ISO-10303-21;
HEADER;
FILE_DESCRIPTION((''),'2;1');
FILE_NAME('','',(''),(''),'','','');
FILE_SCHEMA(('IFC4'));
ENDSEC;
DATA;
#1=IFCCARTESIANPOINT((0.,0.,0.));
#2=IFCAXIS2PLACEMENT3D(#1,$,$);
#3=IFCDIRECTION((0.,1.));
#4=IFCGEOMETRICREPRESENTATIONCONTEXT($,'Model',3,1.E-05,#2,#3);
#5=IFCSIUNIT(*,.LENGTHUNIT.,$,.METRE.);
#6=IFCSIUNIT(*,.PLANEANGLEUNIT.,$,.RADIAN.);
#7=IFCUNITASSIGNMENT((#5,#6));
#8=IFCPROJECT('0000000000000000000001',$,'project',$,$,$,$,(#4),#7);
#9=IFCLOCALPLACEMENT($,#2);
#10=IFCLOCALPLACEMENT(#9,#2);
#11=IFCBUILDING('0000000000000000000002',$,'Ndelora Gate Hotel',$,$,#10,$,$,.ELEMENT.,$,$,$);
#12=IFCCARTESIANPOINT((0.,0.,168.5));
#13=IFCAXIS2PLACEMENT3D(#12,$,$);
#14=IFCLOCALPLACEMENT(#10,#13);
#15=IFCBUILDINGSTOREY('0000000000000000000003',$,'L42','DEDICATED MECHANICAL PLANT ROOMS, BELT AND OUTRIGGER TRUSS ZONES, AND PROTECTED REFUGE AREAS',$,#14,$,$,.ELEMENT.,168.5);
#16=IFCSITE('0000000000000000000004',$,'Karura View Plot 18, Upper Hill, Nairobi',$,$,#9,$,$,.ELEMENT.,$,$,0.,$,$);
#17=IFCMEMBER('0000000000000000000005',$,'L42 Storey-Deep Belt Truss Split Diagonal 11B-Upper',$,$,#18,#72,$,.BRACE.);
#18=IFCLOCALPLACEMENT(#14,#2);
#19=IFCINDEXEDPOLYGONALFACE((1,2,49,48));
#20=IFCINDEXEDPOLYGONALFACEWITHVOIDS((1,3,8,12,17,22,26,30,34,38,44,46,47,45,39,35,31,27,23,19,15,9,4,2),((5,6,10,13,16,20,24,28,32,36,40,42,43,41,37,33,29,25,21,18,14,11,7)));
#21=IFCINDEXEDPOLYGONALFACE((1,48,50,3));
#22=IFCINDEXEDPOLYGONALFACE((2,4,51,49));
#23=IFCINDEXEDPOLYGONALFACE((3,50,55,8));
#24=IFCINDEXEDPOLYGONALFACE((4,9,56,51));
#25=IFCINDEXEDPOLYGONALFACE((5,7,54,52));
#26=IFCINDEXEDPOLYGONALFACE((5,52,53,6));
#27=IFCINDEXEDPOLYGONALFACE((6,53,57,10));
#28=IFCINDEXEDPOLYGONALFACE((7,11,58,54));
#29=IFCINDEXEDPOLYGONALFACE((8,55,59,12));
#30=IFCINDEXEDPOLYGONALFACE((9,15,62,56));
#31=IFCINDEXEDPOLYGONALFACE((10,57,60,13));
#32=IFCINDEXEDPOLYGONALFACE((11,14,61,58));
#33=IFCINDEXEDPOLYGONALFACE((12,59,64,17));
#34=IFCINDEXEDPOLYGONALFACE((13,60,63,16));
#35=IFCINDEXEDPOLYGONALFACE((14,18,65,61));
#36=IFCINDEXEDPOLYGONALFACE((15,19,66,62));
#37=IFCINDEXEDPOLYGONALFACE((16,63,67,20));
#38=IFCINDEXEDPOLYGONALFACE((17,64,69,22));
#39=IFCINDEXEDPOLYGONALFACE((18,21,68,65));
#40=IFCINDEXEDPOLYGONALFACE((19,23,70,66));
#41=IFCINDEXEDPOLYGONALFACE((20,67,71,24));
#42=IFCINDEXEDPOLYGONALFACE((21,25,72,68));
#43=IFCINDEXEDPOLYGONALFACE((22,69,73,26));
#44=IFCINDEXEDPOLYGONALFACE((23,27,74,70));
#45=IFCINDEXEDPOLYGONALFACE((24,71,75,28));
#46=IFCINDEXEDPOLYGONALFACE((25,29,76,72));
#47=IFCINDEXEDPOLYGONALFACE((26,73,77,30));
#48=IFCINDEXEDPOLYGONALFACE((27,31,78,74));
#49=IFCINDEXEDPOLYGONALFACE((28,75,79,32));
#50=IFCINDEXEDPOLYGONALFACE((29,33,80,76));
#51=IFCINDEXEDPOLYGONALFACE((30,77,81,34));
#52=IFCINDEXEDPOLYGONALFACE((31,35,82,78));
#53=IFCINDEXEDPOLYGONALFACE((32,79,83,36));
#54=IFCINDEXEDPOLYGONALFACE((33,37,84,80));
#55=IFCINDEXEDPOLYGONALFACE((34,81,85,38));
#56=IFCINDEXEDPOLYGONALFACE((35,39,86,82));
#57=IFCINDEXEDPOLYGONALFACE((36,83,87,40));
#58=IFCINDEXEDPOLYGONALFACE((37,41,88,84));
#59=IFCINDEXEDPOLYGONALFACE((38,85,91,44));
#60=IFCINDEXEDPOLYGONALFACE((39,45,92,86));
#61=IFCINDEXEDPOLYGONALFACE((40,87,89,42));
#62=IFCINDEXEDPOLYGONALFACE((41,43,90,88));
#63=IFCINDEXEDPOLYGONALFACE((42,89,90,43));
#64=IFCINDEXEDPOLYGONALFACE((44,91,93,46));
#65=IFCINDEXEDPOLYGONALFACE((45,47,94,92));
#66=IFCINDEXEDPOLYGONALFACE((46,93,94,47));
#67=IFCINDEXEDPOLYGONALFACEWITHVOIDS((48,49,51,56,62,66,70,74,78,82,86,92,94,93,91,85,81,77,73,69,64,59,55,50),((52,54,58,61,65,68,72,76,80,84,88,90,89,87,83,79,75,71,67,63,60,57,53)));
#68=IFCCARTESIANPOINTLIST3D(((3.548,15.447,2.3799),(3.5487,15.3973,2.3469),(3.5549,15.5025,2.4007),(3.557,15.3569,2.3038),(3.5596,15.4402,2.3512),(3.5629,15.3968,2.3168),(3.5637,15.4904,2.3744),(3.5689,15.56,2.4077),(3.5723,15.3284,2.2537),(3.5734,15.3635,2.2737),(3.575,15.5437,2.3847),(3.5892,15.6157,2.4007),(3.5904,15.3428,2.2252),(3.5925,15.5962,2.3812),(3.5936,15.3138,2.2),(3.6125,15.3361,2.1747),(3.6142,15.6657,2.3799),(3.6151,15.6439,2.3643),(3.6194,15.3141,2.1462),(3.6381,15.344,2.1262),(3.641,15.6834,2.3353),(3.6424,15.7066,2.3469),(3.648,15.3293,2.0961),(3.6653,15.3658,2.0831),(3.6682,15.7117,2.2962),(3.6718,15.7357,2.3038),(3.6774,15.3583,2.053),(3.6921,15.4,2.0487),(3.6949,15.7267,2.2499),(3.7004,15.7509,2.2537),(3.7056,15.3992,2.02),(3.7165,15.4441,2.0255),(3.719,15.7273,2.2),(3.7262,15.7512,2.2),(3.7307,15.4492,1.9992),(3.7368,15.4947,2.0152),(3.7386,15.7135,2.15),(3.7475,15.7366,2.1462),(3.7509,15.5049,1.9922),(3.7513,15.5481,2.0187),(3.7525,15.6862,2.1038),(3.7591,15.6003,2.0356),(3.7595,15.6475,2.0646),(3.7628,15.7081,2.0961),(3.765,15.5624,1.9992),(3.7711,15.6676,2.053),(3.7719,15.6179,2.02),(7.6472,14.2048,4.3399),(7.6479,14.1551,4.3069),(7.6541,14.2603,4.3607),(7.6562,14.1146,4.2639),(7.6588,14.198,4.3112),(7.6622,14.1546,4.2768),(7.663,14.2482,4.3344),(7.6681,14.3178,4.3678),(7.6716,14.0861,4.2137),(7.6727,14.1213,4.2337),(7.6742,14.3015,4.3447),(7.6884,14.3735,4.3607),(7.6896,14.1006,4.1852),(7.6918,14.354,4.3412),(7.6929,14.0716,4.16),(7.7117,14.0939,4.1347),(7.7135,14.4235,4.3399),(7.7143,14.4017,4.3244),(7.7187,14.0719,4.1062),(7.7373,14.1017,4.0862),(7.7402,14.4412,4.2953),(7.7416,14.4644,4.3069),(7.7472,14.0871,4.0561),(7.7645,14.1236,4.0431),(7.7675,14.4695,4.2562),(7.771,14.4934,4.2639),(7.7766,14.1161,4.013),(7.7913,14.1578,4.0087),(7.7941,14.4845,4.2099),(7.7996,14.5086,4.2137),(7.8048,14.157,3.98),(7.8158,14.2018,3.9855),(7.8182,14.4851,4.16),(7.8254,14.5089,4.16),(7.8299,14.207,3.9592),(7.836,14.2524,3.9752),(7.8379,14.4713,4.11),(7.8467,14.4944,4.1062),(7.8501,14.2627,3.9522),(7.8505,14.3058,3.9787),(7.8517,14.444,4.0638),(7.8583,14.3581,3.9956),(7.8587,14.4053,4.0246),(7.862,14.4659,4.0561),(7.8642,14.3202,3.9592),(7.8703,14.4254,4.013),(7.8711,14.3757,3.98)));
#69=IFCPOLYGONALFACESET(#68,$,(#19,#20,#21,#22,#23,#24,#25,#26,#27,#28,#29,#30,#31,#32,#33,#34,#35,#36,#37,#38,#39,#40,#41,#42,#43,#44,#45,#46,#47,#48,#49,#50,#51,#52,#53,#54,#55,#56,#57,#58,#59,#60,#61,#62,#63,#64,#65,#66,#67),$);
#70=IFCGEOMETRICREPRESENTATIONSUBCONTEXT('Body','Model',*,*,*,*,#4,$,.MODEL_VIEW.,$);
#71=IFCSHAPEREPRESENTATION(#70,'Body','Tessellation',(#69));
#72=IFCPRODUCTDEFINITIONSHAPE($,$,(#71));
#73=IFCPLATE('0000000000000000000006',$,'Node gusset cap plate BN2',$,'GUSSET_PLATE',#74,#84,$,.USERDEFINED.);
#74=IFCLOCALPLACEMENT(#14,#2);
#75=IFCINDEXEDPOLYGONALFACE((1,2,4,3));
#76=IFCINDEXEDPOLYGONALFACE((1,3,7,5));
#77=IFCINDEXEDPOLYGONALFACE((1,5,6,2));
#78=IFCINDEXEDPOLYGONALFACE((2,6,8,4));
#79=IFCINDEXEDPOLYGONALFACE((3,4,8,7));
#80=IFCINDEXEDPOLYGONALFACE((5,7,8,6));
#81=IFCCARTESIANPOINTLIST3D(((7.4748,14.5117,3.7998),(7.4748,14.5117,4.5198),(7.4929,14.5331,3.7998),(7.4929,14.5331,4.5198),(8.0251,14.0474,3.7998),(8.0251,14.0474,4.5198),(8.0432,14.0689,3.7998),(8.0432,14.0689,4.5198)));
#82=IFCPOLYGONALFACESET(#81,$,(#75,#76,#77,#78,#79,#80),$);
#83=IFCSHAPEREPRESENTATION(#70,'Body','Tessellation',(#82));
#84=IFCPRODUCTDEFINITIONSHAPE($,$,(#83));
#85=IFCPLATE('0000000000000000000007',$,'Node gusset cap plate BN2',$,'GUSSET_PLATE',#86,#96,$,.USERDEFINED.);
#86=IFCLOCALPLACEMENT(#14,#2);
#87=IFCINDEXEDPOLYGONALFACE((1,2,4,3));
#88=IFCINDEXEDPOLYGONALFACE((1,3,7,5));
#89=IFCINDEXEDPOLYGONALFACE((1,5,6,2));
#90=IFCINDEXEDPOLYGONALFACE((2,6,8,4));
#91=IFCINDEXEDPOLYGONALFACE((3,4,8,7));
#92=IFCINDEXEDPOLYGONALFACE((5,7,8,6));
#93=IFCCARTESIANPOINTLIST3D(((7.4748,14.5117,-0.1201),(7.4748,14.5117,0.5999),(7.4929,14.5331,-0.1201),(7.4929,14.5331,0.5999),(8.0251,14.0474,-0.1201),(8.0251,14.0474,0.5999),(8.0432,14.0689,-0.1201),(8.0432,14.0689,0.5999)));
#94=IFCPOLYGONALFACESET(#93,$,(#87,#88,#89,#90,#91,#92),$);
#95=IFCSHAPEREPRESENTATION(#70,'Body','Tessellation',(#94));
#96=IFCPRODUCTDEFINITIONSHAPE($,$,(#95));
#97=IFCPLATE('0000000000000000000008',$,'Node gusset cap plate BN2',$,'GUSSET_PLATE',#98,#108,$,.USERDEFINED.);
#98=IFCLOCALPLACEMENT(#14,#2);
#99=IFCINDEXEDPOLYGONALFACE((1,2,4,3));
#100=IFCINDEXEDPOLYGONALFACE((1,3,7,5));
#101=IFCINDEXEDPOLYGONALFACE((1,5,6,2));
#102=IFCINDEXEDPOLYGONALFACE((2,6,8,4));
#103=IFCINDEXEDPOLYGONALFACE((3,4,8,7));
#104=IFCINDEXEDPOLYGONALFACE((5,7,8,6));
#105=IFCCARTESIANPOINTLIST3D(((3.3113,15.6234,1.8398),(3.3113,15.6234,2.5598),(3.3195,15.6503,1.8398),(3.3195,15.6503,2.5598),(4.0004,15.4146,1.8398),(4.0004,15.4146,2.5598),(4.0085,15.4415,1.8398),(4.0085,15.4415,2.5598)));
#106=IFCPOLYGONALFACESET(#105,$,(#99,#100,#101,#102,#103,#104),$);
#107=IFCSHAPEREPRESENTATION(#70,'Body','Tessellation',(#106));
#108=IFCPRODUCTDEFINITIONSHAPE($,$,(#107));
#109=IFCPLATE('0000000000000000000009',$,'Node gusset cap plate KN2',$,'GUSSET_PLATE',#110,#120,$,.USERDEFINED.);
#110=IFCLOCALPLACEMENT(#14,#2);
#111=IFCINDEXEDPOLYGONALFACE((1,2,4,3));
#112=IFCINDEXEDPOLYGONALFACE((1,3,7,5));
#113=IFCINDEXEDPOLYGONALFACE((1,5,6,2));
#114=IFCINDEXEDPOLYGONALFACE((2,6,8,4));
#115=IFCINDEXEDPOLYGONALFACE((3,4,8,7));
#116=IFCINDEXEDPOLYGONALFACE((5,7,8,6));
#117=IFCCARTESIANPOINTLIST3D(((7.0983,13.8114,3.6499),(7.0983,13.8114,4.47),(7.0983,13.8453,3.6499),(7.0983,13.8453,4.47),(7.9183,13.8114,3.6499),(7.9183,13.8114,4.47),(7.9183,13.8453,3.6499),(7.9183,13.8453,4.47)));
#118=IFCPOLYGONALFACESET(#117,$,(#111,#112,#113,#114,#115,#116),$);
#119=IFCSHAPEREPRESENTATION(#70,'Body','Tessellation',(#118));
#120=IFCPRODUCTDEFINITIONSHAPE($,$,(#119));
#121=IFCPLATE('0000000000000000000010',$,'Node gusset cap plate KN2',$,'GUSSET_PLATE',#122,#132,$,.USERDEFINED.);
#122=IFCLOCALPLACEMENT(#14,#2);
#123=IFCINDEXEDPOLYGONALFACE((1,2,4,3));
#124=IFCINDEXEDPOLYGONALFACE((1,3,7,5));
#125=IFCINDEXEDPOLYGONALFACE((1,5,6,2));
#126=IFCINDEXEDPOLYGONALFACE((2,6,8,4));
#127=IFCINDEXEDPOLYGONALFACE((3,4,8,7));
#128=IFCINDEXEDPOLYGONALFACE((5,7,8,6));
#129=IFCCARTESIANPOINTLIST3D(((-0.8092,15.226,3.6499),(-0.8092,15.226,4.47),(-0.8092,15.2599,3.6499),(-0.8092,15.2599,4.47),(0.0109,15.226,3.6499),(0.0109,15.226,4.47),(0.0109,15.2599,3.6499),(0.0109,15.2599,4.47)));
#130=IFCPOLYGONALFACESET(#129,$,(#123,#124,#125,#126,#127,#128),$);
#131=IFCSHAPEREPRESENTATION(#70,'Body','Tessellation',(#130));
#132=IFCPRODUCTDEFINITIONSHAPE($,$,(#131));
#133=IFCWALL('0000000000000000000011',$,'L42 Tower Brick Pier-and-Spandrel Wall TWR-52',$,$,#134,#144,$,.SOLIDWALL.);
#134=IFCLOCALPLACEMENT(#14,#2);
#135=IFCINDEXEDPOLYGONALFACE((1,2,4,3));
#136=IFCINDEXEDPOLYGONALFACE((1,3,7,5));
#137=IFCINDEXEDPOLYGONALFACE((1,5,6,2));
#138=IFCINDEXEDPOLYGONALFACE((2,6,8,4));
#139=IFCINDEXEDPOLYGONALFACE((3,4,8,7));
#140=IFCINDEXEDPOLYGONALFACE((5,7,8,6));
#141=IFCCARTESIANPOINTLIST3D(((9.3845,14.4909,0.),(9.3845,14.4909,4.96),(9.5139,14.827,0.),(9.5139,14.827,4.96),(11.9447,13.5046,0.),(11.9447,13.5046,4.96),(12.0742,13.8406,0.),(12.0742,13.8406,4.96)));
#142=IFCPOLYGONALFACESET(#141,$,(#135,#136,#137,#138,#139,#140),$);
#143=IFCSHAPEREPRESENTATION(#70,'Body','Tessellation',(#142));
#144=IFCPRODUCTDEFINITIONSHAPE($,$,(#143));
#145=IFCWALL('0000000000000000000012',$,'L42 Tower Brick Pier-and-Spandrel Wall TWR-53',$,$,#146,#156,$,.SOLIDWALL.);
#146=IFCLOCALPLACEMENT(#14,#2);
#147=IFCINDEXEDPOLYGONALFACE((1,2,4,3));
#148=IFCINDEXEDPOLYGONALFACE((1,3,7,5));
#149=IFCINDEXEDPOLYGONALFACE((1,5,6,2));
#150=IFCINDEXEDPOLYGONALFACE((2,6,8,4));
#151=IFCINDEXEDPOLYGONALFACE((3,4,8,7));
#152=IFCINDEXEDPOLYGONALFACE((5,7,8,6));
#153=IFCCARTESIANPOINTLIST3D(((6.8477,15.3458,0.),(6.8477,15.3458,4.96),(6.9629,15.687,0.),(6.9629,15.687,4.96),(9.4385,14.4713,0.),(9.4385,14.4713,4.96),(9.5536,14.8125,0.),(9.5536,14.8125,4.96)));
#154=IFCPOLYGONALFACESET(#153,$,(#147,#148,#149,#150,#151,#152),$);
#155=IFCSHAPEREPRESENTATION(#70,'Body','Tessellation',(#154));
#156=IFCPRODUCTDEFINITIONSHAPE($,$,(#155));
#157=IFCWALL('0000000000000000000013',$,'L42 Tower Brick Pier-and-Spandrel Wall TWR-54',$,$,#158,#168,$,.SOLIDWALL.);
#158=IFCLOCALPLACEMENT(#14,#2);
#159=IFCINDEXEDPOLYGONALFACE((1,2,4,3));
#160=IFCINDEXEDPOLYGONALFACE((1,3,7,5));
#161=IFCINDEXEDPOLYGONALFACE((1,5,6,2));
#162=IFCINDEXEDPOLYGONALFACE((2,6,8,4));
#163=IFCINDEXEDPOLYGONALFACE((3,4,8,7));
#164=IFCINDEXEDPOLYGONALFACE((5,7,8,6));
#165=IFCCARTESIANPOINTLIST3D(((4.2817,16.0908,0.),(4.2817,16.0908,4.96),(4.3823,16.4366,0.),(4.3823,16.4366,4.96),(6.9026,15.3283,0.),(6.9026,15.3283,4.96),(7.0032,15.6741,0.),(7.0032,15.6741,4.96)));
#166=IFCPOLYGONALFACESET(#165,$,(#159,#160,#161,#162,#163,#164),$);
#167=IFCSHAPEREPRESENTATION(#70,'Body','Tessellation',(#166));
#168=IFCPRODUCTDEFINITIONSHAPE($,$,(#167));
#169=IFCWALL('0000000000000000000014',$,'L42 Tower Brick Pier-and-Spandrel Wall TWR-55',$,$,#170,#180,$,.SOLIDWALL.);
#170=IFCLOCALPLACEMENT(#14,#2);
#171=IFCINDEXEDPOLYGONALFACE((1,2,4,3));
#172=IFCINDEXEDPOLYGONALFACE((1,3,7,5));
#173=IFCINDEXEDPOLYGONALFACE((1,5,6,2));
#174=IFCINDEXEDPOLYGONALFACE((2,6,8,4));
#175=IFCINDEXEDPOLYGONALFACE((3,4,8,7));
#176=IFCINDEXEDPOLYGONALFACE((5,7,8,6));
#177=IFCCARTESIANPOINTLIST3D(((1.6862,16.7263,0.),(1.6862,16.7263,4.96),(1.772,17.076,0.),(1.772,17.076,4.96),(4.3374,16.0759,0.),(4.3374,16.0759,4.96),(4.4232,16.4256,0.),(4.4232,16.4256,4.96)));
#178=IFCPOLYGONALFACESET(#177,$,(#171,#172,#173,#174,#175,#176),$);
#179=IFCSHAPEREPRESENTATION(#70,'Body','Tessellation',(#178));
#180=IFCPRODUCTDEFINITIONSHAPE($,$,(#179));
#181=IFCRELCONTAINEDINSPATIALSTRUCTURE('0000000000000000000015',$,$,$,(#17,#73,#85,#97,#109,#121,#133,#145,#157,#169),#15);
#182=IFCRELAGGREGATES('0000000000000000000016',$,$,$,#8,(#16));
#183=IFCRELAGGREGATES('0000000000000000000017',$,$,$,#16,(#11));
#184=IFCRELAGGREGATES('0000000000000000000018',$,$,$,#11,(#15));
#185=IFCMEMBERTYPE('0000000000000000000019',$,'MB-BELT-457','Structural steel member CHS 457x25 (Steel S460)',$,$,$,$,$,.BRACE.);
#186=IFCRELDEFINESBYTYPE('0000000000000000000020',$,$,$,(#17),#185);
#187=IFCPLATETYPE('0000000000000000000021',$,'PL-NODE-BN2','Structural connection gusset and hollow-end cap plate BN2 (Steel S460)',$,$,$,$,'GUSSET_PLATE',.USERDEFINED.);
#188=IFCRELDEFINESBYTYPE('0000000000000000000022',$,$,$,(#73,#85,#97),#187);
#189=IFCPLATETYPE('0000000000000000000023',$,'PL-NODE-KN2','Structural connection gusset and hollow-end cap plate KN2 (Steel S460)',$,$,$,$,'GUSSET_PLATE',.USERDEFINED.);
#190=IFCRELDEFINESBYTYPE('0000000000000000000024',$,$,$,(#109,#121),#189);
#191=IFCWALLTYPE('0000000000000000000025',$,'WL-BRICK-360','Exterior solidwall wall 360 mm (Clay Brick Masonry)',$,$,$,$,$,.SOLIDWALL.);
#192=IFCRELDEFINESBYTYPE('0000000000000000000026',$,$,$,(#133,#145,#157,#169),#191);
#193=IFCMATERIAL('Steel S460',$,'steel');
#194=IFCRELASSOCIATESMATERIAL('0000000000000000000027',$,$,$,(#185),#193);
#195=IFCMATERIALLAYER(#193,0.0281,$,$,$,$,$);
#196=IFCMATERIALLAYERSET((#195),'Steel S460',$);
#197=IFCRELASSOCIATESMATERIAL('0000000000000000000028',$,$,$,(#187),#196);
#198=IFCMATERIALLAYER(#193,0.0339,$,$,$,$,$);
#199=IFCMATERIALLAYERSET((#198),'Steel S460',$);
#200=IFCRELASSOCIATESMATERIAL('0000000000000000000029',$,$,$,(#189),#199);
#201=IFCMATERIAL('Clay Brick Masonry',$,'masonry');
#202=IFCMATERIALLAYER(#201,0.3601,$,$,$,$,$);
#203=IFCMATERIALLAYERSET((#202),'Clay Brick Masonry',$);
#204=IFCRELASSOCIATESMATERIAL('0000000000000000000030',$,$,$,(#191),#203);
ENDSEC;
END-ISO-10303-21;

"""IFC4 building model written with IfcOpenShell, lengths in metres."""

from ifc_helpers import new_model, si_unit, direction, frame, frame_2d, origin, origin_2d, place, context, subcontext, project, spatial, rectangle, hollow_circle, extrude, material, layer, layer_set, material_profile, profile_set, type_object, element, save


model = new_model("IFC4")

# Units and contexts
model_context = context("Model", 3, precision=1e-05, world=origin(), true_north=direction((0.0, 1.0)))
body_context = subcontext(model_context, "Body", "Model", "MODEL_VIEW")
ifc_project = project(units=[si_unit("LENGTHUNIT", "METRE"), si_unit("PLANEANGLEUNIT", "RADIAN")], contexts=[model_context])

# Site, building, storey
site_placement = place(None, origin())
site = spatial("IfcSite", under=ifc_project, at=site_placement, Name="Karura View Plot 18, Upper Hill, Nairobi", CompositionType="ELEMENT", RefElevation=0.0)
building_placement = place(site_placement, origin())
building = spatial("IfcBuilding", under=site, at=building_placement, Name="Ndelora Gate Hotel", CompositionType="ELEMENT")
storey_placement = place(building_placement, frame((0.0, 0.0, 168.5)))
storey = spatial("IfcBuildingStorey", under=building, at=storey_placement, Name="L42", Description="DEDICATED MECHANICAL PLANT ROOMS, BELT AND OUTRIGGER TRUSS ZONES, AND PROTECTED REFUGE AREAS", CompositionType="ELEMENT", Elevation=168.5)

# Shared definitions
ifc_material_1 = material(Name="Steel S460", Category="steel")

# Member
ifc_material_profile_1 = material_profile(ifc_material_1, hollow_circle(Radius=0.2285, WallThickness=0.0249, at=origin_2d()), Name="CHS 457x25")
ifc_profile_set_1 = profile_set([ifc_material_profile_1], Name="Steel S460")
member_type = type_object("IfcMemberType", Name="MB-BELT-457", Description="Structural steel member CHS 457x25 (Steel S460)", PredefinedType="BRACE", material=ifc_profile_set_1)
member_1_placement = place(storey_placement, frame((3.6599, 15.5325, 2.2), z_axis=(0.87024, -0.263715, 0.416098), x_axis=(0.290014, 0.957022, 0.0)))
element("IfcMember", 1, at=member_1_placement, inside=storey, type_object=member_type, Name="L42 Storey-Deep Belt Truss Split Diagonal 11B-Upper", PredefinedType="BRACE", context=body_context, shape_type="SweptSolid", body=[
    extrude(hollow_circle(Radius=0.2285, WallThickness=0.0249, at=origin_2d()), origin(), (0.0, 0.0, 1.0), 4.7104),
])

# Plates
ifc_layer_1 = layer(ifc_material_1, 0.0281)
ifc_layer_set_1 = layer_set([ifc_layer_1], Name="Steel S460")
plate_type_1 = type_object("IfcPlateType", Name="PL-NODE-BN2", Description="Structural connection gusset and hollow-end cap plate BN2 (Steel S460)", ElementType="GUSSET_PLATE", PredefinedType="USERDEFINED", material=ifc_layer_set_1)
for number, where, z_axis, x_axis, name in (
    (2, (7.759, 14.2903, 3.7998), (0.0, 0.0, 1.0), (-0.764359, 0.644791, 0.0), "Node gusset cap plate BN2"),
    (3, (7.759, 14.2903, -0.1201), (0.0, 0.0, 1.0), (-0.764359, 0.644791, 0.0), "Node gusset cap plate BN2"),
    (4, (3.6599, 15.5325, 1.8398), (0.0, 0.0, 1.0), (-0.957016, 0.290034, 0.0), "Node gusset cap plate BN2"),
):
    element("IfcPlate", number, at=place(storey_placement, frame(where, z_axis=z_axis, x_axis=x_axis)), inside=storey, type_object=plate_type_1, Name=name, ObjectType="GUSSET_PLATE", PredefinedType="USERDEFINED", context=body_context, shape_type="SweptSolid", body=[
        extrude(rectangle(XDim=0.72, YDim=0.0281, at=origin_2d()), origin(), (0.0, 0.0, 1.0), 0.72),
    ])
ifc_layer_2 = layer(ifc_material_1, 0.0339)
ifc_layer_set_2 = layer_set([ifc_layer_2], Name="Steel S460")
plate_type_2 = type_object("IfcPlateType", Name="PL-NODE-KN2", Description="Structural connection gusset and hollow-end cap plate KN2 (Steel S460)", ElementType="GUSSET_PLATE", PredefinedType="USERDEFINED", material=ifc_layer_set_2)
for number, where, z_axis, x_axis, name in (
    (5, (7.5083, 13.8284, 3.6499), (0.0, 0.0, 1.0), (1.0, 0.0, 0.0), "Node gusset cap plate KN2"),
    (6, (-0.3992, 15.2429, 3.6499), (0.0, 0.0, 1.0), (1.0, 0.0, 0.0), "Node gusset cap plate KN2"),
):
    element("IfcPlate", number, at=place(storey_placement, frame(where, z_axis=z_axis, x_axis=x_axis)), inside=storey, type_object=plate_type_2, Name=name, ObjectType="GUSSET_PLATE", PredefinedType="USERDEFINED", context=body_context, shape_type="SweptSolid", body=[
        extrude(rectangle(XDim=0.8201, YDim=0.0339, at=origin_2d()), origin(), (0.0, 0.0, 1.0), 0.8201),
    ])

# Walls
ifc_material_2 = material(Name="Clay Brick Masonry", Category="masonry")
ifc_layer_3 = layer(ifc_material_2, 0.3601)
ifc_layer_set_3 = layer_set([ifc_layer_3], Name="Clay Brick Masonry")
wall_type_1 = type_object("IfcWallType", Name="WL-BRICK-360", Description="Exterior solidwall wall 360 mm (Clay Brick Masonry)", PredefinedType="SOLIDWALL", material=ifc_layer_set_3)
wall_1_placement = place(storey_placement, frame((9.4492, 14.6589, 0.0), z_axis=(0.0, 0.0, 1.0), x_axis=(0.933151, -0.359486, 0.0)))
element("IfcWall", 7, at=wall_1_placement, inside=storey, type_object=wall_type_1, Name="L42 Tower Brick Pier-and-Spandrel Wall TWR-52", PredefinedType="SOLIDWALL", context=body_context, shape_type="SweptSolid", body=[
    extrude(rectangle(XDim=2.7437, YDim=0.3601, at=frame_2d((1.3718, 0.0))), origin(), (0.0, 0.0, 1.0), 4.96),
])
wall_2_placement = place(storey_placement, frame((6.9053, 15.5164, 0.0), z_axis=(0.0, 0.0, 1.0), x_axis=(0.94748, -0.319815, 0.0)))
element("IfcWall", 8, at=wall_2_placement, inside=storey, type_object=wall_type_1, Name="L42 Tower Brick Pier-and-Spandrel Wall TWR-53", PredefinedType="SOLIDWALL", context=body_context, shape_type="SweptSolid", body=[
    extrude(rectangle(XDim=2.7344, YDim=0.3601, at=frame_2d((1.3672, 0.0))), origin(), (0.0, 0.0, 1.0), 4.96),
])
wall_3_placement = place(storey_placement, frame((4.332, 16.2637, 0.0), z_axis=(0.0, 0.0, 1.0), x_axis=(0.960193, -0.279337, 0.0)))
element("IfcWall", 9, at=wall_3_placement, inside=storey, type_object=wall_type_1, Name="L42 Tower Brick Pier-and-Spandrel Wall TWR-54", PredefinedType="SOLIDWALL", context=body_context, shape_type="SweptSolid", body=[
    extrude(rectangle(XDim=2.7295, YDim=0.3601, at=frame_2d((1.3647, 0.0))), origin(), (0.0, 0.0, 1.0), 4.96),
])
wall_4_placement = place(storey_placement, frame((1.7292, 16.9011, 0.0), z_axis=(0.0, 0.0, 1.0), x_axis=(0.971201, -0.238261, 0.0)))
element("IfcWall", 10, at=wall_4_placement, inside=storey, type_object=wall_type_1, Name="L42 Tower Brick Pier-and-Spandrel Wall TWR-55", PredefinedType="SOLIDWALL", context=body_context, shape_type="SweptSolid", body=[
    extrude(rectangle(XDim=2.7297, YDim=0.3601, at=frame_2d((1.3647, 0.0))), origin(), (0.0, 0.0, 1.0), 4.96),
])

save(model, "model.ifc")
